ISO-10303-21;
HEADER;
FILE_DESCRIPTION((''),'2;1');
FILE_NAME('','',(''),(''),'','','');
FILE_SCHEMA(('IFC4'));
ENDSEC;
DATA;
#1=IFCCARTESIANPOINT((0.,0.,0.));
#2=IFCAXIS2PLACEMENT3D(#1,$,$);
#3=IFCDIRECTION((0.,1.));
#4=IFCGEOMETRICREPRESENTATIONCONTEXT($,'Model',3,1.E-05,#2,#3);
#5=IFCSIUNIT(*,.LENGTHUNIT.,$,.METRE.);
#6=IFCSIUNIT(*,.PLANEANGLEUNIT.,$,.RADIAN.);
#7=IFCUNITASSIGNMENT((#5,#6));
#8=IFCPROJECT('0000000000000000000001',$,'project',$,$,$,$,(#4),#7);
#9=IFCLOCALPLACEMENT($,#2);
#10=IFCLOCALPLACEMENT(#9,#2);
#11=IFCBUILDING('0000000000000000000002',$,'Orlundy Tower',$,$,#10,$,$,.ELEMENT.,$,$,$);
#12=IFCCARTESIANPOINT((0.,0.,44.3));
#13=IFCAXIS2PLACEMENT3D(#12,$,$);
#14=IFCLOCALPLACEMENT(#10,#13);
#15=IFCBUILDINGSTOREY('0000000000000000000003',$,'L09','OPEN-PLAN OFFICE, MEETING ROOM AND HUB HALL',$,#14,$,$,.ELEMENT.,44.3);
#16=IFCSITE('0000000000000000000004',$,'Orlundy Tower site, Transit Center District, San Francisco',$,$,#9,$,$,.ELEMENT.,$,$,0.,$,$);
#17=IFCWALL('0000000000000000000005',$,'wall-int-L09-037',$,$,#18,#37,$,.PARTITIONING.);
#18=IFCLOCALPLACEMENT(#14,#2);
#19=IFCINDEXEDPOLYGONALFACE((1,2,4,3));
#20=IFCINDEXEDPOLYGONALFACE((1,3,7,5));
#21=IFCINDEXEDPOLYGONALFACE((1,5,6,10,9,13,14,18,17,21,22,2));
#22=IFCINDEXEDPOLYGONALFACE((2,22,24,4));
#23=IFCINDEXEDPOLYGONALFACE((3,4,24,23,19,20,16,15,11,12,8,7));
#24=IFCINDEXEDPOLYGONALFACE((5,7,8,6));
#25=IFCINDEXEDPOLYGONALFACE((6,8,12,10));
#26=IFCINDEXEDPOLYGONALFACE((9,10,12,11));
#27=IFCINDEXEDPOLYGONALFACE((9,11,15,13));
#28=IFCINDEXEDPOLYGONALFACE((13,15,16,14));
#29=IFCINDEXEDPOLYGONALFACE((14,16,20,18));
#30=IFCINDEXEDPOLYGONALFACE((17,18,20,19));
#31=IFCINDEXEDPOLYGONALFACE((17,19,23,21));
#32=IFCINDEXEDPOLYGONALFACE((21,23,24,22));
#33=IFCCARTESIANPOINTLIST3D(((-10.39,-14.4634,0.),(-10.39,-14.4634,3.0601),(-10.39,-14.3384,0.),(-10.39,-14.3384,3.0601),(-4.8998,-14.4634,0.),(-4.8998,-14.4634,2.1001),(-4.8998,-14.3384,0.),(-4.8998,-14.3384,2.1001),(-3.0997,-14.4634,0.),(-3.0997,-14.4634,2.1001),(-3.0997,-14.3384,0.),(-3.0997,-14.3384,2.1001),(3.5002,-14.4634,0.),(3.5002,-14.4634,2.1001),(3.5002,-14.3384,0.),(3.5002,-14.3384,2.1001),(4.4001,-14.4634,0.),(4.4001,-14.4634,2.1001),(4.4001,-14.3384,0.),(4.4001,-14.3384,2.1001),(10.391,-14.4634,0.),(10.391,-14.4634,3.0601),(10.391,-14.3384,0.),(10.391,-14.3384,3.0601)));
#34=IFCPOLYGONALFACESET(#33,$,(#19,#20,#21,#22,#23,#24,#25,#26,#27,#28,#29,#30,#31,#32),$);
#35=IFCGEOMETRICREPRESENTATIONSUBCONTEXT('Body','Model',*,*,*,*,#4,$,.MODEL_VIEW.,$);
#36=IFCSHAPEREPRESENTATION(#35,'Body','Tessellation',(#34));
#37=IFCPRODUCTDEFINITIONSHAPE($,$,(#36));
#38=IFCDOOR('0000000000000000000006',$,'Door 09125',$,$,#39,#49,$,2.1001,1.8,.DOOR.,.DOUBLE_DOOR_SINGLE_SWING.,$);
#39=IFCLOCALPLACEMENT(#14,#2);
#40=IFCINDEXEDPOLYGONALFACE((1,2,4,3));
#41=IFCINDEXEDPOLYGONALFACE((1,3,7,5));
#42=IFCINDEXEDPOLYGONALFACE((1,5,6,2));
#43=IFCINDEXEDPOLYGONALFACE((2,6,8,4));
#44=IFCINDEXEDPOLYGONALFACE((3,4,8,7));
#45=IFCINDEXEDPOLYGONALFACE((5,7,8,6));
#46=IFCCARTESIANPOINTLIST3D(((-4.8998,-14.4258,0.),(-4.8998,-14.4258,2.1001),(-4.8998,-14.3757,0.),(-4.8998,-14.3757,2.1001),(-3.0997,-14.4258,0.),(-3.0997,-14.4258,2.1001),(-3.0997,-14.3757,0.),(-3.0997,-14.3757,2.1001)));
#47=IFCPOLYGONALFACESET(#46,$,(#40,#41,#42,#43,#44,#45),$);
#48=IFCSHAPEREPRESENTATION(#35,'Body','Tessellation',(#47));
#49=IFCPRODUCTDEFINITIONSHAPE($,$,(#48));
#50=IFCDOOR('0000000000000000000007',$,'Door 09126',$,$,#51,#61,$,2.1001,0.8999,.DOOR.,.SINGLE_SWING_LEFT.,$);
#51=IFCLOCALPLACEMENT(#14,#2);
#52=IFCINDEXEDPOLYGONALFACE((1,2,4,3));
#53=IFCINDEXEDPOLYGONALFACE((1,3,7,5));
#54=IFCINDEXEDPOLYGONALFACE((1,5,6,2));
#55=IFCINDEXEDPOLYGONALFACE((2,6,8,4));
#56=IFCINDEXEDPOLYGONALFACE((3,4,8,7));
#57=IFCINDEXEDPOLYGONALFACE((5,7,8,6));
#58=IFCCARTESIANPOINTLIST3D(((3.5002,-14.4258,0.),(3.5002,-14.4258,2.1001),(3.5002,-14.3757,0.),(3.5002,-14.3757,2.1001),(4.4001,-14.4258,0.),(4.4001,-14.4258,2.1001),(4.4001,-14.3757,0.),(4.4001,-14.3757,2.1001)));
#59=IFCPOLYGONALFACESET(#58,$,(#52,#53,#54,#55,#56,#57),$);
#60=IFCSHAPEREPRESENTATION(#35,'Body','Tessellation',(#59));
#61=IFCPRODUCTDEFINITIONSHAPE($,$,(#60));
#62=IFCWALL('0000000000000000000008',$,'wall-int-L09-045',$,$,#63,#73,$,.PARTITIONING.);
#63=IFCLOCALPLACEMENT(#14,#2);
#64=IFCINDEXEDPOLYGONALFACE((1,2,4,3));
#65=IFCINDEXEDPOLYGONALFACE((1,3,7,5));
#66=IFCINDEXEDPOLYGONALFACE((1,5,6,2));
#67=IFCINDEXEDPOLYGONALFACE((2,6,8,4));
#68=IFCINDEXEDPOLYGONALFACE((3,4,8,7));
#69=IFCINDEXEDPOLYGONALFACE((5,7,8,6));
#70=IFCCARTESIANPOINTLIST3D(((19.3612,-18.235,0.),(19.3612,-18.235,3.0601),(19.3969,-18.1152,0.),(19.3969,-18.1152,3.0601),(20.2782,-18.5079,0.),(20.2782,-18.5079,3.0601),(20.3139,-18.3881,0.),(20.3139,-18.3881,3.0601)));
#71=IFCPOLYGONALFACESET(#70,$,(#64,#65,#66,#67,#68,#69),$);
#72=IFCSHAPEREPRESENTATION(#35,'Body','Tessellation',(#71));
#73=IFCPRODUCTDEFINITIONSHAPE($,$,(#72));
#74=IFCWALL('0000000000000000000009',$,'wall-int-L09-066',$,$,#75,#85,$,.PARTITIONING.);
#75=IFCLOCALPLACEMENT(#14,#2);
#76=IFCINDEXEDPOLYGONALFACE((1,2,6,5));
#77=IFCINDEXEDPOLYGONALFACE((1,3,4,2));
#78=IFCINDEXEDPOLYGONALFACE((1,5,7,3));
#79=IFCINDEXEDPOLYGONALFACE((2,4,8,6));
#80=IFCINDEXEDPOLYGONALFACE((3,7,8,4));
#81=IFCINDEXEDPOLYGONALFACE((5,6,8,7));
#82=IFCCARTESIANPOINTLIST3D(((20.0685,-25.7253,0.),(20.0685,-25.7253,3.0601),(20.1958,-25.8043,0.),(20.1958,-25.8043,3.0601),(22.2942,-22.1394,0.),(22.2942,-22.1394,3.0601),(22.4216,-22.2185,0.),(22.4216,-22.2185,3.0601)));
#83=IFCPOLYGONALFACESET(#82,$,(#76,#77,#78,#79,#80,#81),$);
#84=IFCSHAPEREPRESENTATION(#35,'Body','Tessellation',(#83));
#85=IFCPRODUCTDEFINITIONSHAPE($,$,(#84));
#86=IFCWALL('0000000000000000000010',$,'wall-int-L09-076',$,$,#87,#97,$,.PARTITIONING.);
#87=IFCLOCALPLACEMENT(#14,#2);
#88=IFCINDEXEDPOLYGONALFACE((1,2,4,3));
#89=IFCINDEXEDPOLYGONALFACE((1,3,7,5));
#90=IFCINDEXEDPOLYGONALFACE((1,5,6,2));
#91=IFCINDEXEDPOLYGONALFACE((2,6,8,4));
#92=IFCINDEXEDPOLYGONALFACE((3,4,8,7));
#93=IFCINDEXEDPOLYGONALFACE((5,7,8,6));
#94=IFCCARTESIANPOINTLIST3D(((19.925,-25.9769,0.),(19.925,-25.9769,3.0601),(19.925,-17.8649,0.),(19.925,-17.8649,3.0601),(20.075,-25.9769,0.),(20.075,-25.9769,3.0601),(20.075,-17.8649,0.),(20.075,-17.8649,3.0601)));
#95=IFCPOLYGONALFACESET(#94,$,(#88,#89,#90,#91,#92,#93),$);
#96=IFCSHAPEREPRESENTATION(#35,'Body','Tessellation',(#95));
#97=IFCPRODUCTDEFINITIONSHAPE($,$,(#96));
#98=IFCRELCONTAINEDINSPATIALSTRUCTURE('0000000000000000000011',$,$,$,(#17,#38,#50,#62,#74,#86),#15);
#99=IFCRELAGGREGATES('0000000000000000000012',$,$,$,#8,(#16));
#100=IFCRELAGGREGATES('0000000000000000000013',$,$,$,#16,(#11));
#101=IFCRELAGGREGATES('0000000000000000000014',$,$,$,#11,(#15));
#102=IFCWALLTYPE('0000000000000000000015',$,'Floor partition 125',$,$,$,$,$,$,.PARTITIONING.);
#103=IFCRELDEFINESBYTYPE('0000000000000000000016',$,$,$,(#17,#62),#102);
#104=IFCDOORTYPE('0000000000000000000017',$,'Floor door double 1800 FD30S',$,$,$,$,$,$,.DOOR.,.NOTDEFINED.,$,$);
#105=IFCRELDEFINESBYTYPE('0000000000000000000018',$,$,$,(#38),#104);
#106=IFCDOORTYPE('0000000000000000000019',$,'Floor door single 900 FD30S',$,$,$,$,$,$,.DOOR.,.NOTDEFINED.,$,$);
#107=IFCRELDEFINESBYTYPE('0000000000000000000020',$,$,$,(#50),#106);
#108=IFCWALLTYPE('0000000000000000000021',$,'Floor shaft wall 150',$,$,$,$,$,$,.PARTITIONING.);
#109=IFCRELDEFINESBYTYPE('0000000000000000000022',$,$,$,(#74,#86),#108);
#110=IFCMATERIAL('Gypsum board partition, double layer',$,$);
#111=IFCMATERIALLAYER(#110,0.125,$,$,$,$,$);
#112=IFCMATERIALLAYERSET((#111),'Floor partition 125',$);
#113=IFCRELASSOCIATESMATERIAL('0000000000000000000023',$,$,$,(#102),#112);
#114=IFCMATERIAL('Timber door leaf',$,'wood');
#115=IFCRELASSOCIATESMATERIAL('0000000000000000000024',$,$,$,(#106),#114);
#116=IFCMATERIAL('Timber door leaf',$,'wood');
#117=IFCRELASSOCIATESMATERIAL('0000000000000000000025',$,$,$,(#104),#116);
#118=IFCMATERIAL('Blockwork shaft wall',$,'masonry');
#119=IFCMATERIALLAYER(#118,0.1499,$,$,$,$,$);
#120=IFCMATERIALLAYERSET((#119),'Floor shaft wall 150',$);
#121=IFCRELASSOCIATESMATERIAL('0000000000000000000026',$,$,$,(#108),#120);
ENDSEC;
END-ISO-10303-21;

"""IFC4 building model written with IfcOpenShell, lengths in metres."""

from ifc_helpers import new_model, si_unit, direction, frame, frame_2d, origin, place, context, subcontext, project, spatial, rectangle, extrude, material, layer, layer_set, type_object, element, fill, save


model = new_model("IFC4")

# Units and contexts
model_context = context("Model", 3, precision=1e-05, world=origin(), true_north=direction((0.0, 1.0)))
body_context = subcontext(model_context, "Body", "Model", "MODEL_VIEW")
ifc_project = project(units=[si_unit("LENGTHUNIT", "METRE"), si_unit("PLANEANGLEUNIT", "RADIAN")], contexts=[model_context])

# Site, building, storey
site_placement = place(None, origin())
site = spatial("IfcSite", under=ifc_project, at=site_placement, Name="Orlundy Tower site, Transit Center District, San Francisco", CompositionType="ELEMENT", RefElevation=0.0)
building_placement = place(site_placement, origin())
building = spatial("IfcBuilding", under=site, at=building_placement, Name="Orlundy Tower", CompositionType="ELEMENT")
storey_placement = place(building_placement, frame((0.0, 0.0, 44.3)))
storey = spatial("IfcBuildingStorey", under=building, at=storey_placement, Name="L09", Description="OPEN-PLAN OFFICE, MEETING ROOM AND HUB HALL", CompositionType="ELEMENT", Elevation=44.3)

# Shared definitions
ifc_material_1 = material(Name="Gypsum board partition, double layer")
ifc_layer_1 = layer(ifc_material_1, 0.125)
ifc_layer_set_1 = layer_set([ifc_layer_1], Name="Floor partition 125")
wall_type_1 = type_object("IfcWallType", Name="Floor partition 125", PredefinedType="PARTITIONING", material=ifc_layer_set_1)

# Shared definitions
ifc_material_2 = material(Name="Timber door leaf", Category="wood")
door_type_1 = type_object("IfcDoorType", Name="Floor door single 900 FD30S", OperationType="NOTDEFINED", PredefinedType="DOOR", material=ifc_material_2)

# Wall, openings, doors
wall_1_placement = place(storey_placement, frame((10.3911, -14.4009, 0.0), z_axis=(0.0, 0.0, 1.0), x_axis=(-1.0, 0.0, 0.0)))
wall_1 = element("IfcWall", 1, at=wall_1_placement, inside=storey, type_object=wall_type_1, Name="wall-int-L09-037", PredefinedType="PARTITIONING", context=body_context, shape_type="SweptSolid", body=[
    extrude(rectangle(XDim=20.781, YDim=0.125, at=frame_2d((10.3906, 0.0))), origin(), (0.0, 0.0, 1.0), 3.0601),
])
opening_1_placement = place(wall_1_placement, frame((13.491, 0.0, 0.0)))
opening_1 = element("IfcOpeningElement", 2, at=opening_1_placement, cuts=wall_1, PredefinedType="OPENING", context=body_context, shape_type="SweptSolid", body=[
    extrude(rectangle(XDim=1.8, YDim=2.1001, at=frame_2d((0.8999, 1.05))), frame((0.0, 0.0725, 0.0), z_axis=(0.0, -1.0, 0.0), x_axis=(1.0, 0.0, 0.0)), (0.0, 0.0, 1.0), 0.145),
])
opening_2_placement = place(wall_1_placement, frame((5.991, 0.0, 0.0)))
opening_2 = element("IfcOpeningElement", 3, at=opening_2_placement, cuts=wall_1, PredefinedType="OPENING", context=body_context, shape_type="SweptSolid", body=[
    extrude(rectangle(XDim=0.8999, YDim=2.1001, at=frame_2d((0.45, 1.05))), frame((0.0, 0.0725, 0.0), z_axis=(0.0, -1.0, 0.0), x_axis=(1.0, 0.0, 0.0)), (0.0, 0.0, 1.0), 0.145),
])
ifc_material_3 = material(Name="Timber door leaf", Category="wood")
door_type_2 = type_object("IfcDoorType", Name="Floor door double 1800 FD30S", OperationType="NOTDEFINED", PredefinedType="DOOR", material=ifc_material_3)
door_1_placement = place(opening_1_placement, origin())
door_1 = element("IfcDoor", 4, at=door_1_placement, inside=storey, type_object=door_type_2, Name="Door 09125", OperationType="DOUBLE_DOOR_SINGLE_SWING", OverallHeight=2.1001, OverallWidth=1.8, PredefinedType="DOOR", context=body_context, shape_type="SweptSolid", body=[
    extrude(rectangle(XDim=1.8, YDim=2.1001, at=frame_2d((0.8999, 1.05))), frame((0.0, 0.0249, 0.0), z_axis=(0.0, -1.0, 0.0), x_axis=(1.0, 0.0, 0.0)), (0.0, 0.0, 1.0), 0.05),
])
fill(opening_1, door_1)
door_2_placement = place(opening_2_placement, origin())
door_2 = element("IfcDoor", 5, at=door_2_placement, inside=storey, type_object=door_type_1, Name="Door 09126", OperationType="SINGLE_SWING_LEFT", OverallHeight=2.1001, OverallWidth=0.8999, PredefinedType="DOOR", context=body_context, shape_type="SweptSolid", body=[
    extrude(rectangle(XDim=0.8999, YDim=2.1001, at=frame_2d((0.45, 1.05))), frame((0.0, 0.0249, 0.0), z_axis=(0.0, -1.0, 0.0), x_axis=(1.0, 0.0, 0.0)), (0.0, 0.0, 1.0), 0.05),
])
fill(opening_2, door_2)

# Walls
wall_2_placement = place(storey_placement, frame((19.3789, -18.175, 0.0), z_axis=(0.0, 0.0, 1.0), x_axis=(0.958442, -0.285287, 0.0)))
element("IfcWall", 6, at=wall_2_placement, inside=storey, type_object=wall_type_1, Name="wall-int-L09-045", PredefinedType="PARTITIONING", context=body_context, shape_type="SweptSolid", body=[
    extrude(rectangle(XDim=0.9568, YDim=0.125, at=frame_2d((0.4785, 0.0))), origin(), (0.0, 0.0, 1.0), 3.0601),
])
ifc_material_4 = material(Name="Blockwork shaft wall", Category="masonry")
ifc_layer_2 = layer(ifc_material_4, 0.1499)
ifc_layer_set_2 = layer_set([ifc_layer_2], Name="Floor shaft wall 150")
wall_type_2 = type_object("IfcWallType", Name="Floor shaft wall 150", PredefinedType="PARTITIONING", material=ifc_layer_set_2)
wall_3_placement = place(storey_placement, frame((20.1321, -25.7649, 0.0), z_axis=(0.0, 0.0, 1.0), x_axis=(0.527376, 0.849632, 0.0)))
element("IfcWall", 7, at=wall_3_placement, inside=storey, type_object=wall_type_2, Name="wall-int-L09-066", PredefinedType="PARTITIONING", context=body_context, shape_type="SweptSolid", body=[
    extrude(rectangle(XDim=4.2205, YDim=0.1499, at=frame_2d((2.1104, 0.0))), origin(), (0.0, 0.0, 1.0), 3.0601),
])
wall_4_placement = place(storey_placement, frame((20.0, -25.9771, 0.0), z_axis=(0.0, 0.0, 1.0), x_axis=(0.0, 1.0, 0.0)))
element("IfcWall", 8, at=wall_4_placement, inside=storey, type_object=wall_type_2, Name="wall-int-L09-076", PredefinedType="PARTITIONING", context=body_context, shape_type="SweptSolid", body=[
    extrude(rectangle(XDim=8.1121, YDim=0.1499, at=frame_2d((4.0562, 0.0))), origin(), (0.0, 0.0, 1.0), 3.0601),
])

save(model, "model.ifc")
